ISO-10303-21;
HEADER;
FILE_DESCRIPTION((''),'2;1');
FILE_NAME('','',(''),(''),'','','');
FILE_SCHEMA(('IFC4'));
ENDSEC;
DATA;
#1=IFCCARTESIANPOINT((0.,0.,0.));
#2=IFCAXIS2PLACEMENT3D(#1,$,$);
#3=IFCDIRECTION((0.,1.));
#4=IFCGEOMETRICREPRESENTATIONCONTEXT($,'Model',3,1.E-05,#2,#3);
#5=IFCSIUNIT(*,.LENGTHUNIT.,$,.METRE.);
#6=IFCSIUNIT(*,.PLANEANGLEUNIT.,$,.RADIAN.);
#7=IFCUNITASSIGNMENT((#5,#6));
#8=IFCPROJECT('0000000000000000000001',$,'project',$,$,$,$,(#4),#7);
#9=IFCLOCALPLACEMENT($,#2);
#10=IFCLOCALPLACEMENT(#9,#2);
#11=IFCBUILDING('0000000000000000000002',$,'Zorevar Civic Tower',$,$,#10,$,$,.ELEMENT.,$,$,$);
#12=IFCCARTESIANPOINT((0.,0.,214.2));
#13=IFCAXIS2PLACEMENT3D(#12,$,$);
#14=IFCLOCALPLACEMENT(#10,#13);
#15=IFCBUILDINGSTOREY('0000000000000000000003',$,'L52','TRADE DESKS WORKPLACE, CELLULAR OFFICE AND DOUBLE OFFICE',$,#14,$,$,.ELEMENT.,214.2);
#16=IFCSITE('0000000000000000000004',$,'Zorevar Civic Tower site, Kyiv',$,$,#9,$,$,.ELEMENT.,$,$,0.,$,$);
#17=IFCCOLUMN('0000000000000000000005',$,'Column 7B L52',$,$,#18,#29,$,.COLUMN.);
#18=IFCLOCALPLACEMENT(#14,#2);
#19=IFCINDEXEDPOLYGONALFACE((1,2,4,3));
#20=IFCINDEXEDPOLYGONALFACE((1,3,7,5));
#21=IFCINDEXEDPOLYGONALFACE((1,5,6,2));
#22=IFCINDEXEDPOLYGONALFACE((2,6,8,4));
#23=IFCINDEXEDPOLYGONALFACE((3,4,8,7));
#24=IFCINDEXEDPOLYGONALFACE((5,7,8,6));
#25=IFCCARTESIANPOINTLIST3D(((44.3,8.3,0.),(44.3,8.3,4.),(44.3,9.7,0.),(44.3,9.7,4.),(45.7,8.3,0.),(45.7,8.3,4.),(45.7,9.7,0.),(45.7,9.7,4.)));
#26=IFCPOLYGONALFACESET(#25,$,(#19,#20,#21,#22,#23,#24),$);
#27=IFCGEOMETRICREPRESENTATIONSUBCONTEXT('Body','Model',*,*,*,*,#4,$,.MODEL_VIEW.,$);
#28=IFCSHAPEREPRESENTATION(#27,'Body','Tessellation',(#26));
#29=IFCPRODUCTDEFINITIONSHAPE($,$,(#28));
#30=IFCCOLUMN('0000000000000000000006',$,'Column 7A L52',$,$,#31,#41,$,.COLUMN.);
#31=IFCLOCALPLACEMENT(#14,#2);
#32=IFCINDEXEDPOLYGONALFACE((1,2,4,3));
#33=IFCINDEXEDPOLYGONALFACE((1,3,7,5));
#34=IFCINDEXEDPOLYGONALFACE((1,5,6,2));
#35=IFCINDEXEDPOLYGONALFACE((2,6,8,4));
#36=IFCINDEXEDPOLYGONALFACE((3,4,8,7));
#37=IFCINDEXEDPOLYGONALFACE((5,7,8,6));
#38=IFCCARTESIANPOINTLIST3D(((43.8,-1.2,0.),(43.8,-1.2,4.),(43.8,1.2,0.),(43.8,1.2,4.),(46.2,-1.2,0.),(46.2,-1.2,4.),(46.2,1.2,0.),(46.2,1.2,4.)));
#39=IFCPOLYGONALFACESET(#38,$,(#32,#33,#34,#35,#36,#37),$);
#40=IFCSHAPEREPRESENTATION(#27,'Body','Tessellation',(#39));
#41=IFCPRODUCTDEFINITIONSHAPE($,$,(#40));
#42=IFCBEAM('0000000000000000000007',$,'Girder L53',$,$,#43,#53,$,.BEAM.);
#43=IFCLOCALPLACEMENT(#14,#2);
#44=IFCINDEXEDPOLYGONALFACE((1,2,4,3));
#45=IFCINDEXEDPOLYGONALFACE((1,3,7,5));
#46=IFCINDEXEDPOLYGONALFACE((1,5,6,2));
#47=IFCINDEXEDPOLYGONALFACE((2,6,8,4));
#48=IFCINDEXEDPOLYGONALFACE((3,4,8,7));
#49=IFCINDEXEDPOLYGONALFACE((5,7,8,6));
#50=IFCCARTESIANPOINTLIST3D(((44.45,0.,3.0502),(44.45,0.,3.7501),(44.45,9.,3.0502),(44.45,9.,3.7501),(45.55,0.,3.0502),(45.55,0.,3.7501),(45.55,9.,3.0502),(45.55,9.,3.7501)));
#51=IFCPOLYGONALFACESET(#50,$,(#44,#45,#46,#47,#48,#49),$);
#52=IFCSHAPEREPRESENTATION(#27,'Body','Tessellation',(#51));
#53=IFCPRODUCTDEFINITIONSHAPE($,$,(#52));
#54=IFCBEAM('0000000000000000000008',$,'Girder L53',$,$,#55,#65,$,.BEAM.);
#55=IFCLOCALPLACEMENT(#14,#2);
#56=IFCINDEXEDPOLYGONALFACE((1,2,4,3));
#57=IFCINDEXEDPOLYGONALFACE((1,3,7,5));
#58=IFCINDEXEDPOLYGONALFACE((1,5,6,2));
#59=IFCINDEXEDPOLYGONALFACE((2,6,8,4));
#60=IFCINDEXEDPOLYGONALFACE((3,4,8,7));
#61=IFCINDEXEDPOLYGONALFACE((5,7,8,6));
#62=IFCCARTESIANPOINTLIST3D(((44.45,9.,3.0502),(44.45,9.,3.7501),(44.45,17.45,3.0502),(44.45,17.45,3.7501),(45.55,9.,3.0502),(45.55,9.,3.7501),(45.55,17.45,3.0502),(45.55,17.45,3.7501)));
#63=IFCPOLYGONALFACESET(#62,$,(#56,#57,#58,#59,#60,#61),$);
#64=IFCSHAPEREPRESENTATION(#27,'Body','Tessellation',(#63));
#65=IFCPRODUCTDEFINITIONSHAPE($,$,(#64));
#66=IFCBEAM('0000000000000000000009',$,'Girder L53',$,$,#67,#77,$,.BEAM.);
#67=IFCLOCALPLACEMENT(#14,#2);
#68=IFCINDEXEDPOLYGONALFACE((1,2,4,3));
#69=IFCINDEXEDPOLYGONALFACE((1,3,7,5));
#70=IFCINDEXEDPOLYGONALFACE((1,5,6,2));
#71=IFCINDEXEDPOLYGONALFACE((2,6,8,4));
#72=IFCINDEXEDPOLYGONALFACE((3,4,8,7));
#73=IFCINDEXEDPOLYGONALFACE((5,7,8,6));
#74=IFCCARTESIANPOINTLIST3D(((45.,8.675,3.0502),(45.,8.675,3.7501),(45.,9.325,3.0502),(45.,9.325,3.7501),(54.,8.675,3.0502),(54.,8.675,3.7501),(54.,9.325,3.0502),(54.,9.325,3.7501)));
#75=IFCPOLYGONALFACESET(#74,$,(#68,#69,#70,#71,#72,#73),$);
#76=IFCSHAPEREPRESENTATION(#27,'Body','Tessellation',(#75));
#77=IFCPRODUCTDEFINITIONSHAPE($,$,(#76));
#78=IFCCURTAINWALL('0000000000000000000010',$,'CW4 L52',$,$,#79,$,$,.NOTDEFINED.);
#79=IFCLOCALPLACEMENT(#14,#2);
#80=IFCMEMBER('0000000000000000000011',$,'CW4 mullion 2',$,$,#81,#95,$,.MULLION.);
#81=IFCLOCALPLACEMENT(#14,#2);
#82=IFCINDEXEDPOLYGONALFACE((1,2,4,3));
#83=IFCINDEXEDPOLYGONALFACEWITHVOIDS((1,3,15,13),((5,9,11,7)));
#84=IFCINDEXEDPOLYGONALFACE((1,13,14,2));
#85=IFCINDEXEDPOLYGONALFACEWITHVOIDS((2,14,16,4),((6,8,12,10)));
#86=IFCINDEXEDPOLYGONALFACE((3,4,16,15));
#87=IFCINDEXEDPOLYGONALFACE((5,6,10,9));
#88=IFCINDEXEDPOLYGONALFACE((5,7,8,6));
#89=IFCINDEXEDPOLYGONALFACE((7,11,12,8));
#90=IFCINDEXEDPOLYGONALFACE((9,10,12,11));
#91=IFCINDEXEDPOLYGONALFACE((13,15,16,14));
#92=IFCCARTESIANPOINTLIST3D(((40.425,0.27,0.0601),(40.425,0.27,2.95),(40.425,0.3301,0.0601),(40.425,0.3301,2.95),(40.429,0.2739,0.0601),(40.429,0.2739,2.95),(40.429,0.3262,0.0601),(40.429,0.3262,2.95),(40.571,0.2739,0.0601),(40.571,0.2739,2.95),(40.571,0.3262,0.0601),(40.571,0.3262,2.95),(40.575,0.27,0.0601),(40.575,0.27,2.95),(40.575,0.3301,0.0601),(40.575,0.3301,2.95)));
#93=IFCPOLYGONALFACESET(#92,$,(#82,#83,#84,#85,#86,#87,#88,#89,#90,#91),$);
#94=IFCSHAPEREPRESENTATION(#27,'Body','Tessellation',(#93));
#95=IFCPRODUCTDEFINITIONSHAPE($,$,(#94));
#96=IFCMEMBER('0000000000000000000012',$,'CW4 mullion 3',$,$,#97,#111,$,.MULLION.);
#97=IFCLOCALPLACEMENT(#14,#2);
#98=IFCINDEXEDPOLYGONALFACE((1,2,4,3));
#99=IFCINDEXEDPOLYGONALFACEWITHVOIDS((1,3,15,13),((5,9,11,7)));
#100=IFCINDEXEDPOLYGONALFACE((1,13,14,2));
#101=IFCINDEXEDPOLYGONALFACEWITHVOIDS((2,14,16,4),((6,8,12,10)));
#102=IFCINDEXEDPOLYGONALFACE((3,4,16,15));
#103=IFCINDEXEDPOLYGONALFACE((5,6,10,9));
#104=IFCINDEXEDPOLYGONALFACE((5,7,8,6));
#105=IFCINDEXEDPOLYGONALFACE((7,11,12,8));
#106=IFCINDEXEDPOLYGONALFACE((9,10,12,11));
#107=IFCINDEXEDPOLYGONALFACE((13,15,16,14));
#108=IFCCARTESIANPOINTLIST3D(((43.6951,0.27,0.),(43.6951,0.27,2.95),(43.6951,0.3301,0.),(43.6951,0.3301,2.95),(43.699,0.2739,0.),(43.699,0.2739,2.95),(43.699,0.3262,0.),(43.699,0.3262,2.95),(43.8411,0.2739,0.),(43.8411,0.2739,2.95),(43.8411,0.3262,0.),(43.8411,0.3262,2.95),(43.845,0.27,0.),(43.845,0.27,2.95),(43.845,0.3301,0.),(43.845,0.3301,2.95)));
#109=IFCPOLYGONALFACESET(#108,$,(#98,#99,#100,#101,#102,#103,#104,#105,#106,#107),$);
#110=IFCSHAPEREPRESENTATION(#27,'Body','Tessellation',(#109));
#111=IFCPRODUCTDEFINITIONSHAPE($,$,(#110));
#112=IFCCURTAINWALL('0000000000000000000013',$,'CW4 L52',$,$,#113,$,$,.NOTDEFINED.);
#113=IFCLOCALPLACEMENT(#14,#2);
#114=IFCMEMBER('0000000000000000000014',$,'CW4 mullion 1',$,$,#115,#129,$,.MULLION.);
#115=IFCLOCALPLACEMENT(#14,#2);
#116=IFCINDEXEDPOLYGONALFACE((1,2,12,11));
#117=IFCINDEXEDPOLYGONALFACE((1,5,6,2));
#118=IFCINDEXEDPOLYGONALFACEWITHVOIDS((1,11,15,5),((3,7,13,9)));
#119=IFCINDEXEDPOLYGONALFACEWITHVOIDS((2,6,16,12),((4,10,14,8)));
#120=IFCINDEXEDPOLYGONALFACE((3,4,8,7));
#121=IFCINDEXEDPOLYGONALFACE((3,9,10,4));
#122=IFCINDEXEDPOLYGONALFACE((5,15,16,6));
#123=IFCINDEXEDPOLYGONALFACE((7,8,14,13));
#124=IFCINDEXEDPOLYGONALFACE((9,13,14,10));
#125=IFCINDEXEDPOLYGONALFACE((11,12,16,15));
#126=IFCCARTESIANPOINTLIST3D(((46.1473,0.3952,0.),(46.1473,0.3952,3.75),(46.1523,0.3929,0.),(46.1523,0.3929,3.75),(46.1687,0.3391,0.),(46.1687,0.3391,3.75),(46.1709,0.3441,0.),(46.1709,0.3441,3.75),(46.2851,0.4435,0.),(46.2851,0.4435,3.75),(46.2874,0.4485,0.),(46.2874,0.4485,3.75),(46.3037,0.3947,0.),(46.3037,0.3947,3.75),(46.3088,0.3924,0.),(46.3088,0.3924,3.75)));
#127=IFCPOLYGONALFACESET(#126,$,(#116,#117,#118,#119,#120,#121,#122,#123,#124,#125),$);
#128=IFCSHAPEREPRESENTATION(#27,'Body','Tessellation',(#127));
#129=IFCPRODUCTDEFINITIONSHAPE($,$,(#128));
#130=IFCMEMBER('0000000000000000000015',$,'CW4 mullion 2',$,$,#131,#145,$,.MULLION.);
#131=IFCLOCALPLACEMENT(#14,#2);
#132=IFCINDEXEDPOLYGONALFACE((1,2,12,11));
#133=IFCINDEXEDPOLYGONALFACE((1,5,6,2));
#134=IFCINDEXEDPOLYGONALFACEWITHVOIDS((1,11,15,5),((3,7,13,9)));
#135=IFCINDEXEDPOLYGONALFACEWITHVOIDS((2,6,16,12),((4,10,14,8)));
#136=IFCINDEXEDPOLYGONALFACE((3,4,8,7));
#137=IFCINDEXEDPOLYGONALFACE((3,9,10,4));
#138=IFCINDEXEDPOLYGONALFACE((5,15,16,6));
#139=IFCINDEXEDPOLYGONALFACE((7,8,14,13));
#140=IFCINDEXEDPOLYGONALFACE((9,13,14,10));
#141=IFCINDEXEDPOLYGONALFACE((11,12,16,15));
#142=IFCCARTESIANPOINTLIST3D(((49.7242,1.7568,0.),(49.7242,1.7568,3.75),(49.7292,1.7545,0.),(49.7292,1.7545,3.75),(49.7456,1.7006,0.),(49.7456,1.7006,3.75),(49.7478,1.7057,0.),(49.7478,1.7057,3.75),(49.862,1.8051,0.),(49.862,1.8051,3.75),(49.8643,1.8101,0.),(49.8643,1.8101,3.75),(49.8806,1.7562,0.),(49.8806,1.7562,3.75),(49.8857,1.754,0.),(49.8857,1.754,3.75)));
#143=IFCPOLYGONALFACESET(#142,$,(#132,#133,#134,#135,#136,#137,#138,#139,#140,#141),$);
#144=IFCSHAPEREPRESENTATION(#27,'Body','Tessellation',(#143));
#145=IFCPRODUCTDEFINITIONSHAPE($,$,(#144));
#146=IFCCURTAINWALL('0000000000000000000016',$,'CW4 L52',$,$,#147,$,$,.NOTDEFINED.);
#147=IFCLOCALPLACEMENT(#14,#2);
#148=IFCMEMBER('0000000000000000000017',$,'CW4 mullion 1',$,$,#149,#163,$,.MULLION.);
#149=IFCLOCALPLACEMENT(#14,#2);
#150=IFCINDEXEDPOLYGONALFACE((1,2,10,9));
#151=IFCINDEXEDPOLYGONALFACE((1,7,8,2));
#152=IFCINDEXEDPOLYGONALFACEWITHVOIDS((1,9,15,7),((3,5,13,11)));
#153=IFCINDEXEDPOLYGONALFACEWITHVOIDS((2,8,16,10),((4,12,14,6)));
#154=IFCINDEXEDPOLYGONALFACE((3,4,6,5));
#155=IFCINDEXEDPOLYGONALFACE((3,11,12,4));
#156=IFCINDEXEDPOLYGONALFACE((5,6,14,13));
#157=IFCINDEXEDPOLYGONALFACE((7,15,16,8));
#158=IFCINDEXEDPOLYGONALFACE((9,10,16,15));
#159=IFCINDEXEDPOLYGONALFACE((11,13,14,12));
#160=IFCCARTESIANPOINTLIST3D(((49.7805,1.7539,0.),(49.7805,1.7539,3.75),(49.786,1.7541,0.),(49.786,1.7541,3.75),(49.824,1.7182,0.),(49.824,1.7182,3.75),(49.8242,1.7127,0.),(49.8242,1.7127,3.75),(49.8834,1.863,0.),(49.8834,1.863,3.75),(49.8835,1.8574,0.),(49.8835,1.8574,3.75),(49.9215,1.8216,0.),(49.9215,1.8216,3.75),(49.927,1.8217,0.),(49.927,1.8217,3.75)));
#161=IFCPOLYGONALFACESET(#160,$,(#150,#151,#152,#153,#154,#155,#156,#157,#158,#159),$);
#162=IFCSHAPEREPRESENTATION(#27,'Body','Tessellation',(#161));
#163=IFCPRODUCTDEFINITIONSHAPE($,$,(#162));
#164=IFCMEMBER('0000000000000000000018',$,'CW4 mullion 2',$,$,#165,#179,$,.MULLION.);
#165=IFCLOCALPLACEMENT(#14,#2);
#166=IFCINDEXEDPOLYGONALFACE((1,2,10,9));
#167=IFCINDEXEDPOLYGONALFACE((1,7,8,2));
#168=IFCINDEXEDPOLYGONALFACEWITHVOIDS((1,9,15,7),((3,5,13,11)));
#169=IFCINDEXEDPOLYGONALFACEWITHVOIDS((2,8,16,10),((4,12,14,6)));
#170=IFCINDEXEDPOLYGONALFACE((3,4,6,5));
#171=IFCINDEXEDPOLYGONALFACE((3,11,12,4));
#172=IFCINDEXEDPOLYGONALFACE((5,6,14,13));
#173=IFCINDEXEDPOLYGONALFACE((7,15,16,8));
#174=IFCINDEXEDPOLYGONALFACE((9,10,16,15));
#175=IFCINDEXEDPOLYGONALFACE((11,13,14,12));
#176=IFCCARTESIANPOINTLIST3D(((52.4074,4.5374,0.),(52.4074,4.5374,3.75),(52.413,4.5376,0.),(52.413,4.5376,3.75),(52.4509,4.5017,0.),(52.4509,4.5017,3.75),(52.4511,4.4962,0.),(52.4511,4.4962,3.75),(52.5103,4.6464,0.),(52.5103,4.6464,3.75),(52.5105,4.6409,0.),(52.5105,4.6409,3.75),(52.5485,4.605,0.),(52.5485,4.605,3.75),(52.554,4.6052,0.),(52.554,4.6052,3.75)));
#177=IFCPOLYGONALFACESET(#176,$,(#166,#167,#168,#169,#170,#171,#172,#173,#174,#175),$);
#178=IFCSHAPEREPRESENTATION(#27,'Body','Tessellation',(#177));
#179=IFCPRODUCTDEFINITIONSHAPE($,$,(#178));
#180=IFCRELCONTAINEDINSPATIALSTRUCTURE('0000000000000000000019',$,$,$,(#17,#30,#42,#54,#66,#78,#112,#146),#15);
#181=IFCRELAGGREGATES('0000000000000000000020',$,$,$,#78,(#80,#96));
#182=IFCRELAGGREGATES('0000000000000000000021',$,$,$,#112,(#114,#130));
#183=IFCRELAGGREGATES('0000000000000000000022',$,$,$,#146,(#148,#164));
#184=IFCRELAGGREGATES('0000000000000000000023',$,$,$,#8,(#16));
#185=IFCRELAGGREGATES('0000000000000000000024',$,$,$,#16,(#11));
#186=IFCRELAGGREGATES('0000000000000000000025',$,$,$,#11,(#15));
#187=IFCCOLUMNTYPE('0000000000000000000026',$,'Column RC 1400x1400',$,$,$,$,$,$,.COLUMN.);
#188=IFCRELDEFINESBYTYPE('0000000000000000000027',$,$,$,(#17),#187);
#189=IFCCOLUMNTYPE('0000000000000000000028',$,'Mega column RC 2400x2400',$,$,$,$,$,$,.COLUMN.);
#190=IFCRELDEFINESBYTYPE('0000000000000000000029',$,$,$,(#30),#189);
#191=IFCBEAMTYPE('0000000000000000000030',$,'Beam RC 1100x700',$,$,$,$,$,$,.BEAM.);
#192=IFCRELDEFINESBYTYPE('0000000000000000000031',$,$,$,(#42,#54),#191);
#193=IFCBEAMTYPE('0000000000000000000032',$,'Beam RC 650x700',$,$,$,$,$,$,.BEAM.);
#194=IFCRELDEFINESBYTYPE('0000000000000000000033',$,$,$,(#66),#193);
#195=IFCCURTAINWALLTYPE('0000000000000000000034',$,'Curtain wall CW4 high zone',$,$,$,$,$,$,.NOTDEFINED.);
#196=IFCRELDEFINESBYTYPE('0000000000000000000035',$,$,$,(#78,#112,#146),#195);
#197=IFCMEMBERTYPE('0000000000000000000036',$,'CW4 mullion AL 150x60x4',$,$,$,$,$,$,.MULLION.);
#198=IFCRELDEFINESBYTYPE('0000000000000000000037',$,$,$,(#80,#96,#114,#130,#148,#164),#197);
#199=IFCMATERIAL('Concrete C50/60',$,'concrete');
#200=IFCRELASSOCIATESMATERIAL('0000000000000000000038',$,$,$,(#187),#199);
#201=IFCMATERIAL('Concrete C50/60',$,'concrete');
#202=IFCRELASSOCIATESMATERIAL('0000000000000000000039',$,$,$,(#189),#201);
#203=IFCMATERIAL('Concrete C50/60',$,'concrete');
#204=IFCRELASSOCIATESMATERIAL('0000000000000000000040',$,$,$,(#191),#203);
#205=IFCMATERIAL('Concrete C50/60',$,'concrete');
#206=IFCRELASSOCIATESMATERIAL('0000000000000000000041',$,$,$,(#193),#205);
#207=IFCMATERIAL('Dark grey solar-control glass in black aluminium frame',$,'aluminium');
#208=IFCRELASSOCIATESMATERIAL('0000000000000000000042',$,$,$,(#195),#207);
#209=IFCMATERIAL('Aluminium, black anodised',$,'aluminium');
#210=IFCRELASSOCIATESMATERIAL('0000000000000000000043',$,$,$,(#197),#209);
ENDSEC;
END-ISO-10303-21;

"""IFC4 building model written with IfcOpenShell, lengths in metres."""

from ifc_helpers import new_model, si_unit, direction, frame, origin, origin_2d, place, context, subcontext, project, spatial, rectangle, hollow_rectangle, extrude, material, material_profile, profile_set, type_object, element, aggregate, save


model = new_model("IFC4")

# Units and contexts
model_context = context("Model", 3, precision=1e-05, world=origin(), true_north=direction((0.0, 1.0)))
body_context = subcontext(model_context, "Body", "Model", "MODEL_VIEW")
ifc_project = project(units=[si_unit("LENGTHUNIT", "METRE"), si_unit("PLANEANGLEUNIT", "RADIAN")], contexts=[model_context])

# Site, building, storey
site_placement = place(None, origin())
site = spatial("IfcSite", under=ifc_project, at=site_placement, Name="Zorevar Civic Tower site, Kyiv", CompositionType="ELEMENT", RefElevation=0.0)
building_placement = place(site_placement, origin())
building = spatial("IfcBuilding", under=site, at=building_placement, Name="Zorevar Civic Tower", CompositionType="ELEMENT")
storey_placement = place(building_placement, frame((0.0, 0.0, 214.2)))
storey = spatial("IfcBuildingStorey", under=building, at=storey_placement, Name="L52", Description="TRADE DESKS WORKPLACE, CELLULAR OFFICE AND DOUBLE OFFICE", CompositionType="ELEMENT", Elevation=214.2)

# Columns
ifc_material_1 = material(Name="Concrete C50/60", Category="concrete")
ifc_material_profile_1 = material_profile(ifc_material_1, rectangle(XDim=1.3999, YDim=1.3999, at=origin_2d()), Name="RC 1400x1400")
ifc_profile_set_1 = profile_set([ifc_material_profile_1], Name="Concrete C50/60")
column_type_1 = type_object("IfcColumnType", Name="Column RC 1400x1400", PredefinedType="COLUMN", material=ifc_profile_set_1)
column_1_placement = place(storey_placement, frame((45.0, 9.0, 0.0), z_axis=(0.0, 0.0, 1.0), x_axis=(1.0, 0.0, 0.0)))
element("IfcColumn", 1, at=column_1_placement, inside=storey, type_object=column_type_1, Name="Column 7B L52", PredefinedType="COLUMN", context=body_context, shape_type="SweptSolid", body=[
    extrude(rectangle(XDim=1.3999, YDim=1.3999, at=origin_2d()), origin(), (0.0, 0.0, 1.0), 4.0),
])
ifc_material_2 = material(Name="Concrete C50/60", Category="concrete")
ifc_material_profile_2 = material_profile(ifc_material_2, rectangle(XDim=2.3999, YDim=2.3999, at=origin_2d()), Name="RC 2400x2400")
ifc_profile_set_2 = profile_set([ifc_material_profile_2], Name="Concrete C50/60")
column_type_2 = type_object("IfcColumnType", Name="Mega column RC 2400x2400", PredefinedType="COLUMN", material=ifc_profile_set_2)
column_2_placement = place(storey_placement, frame((45.0, 0.0, 0.0), z_axis=(0.0, 0.0, 1.0), x_axis=(1.0, 0.0, 0.0)))
element("IfcColumn", 2, at=column_2_placement, inside=storey, type_object=column_type_2, Name="Column 7A L52", PredefinedType="COLUMN", context=body_context, shape_type="SweptSolid", body=[
    extrude(rectangle(XDim=2.3999, YDim=2.3999, at=origin_2d()), origin(), (0.0, 0.0, 1.0), 4.0),
])

# Beams
ifc_material_3 = material(Name="Concrete C50/60", Category="concrete")
ifc_material_profile_3 = material_profile(ifc_material_3, rectangle(XDim=1.1001, YDim=0.7, at=origin_2d()), Name="RC 1100x700")
ifc_profile_set_3 = profile_set([ifc_material_profile_3], Name="Concrete C50/60")
beam_type_1 = type_object("IfcBeamType", Name="Beam RC 1100x700", PredefinedType="BEAM", material=ifc_profile_set_3)
beam_1_placement = place(storey_placement, frame((45.0, 0.0, 3.4001), z_axis=(0.0, 1.0, 0.0), x_axis=(-1.0, 0.0, 0.0)))
element("IfcBeam", 3, at=beam_1_placement, inside=storey, type_object=beam_type_1, Name="Girder L53", PredefinedType="BEAM", context=body_context, shape_type="SweptSolid", body=[
    extrude(rectangle(XDim=1.1001, YDim=0.7, at=origin_2d()), origin(), (0.0, 0.0, 1.0), 9.0),
])
beam_2_placement = place(storey_placement, frame((45.0, 9.0, 3.4001), z_axis=(0.0, 1.0, 0.0), x_axis=(-1.0, 0.0, 0.0)))
element("IfcBeam", 4, at=beam_2_placement, inside=storey, type_object=beam_type_1, Name="Girder L53", PredefinedType="BEAM", context=body_context, shape_type="SweptSolid", body=[
    extrude(rectangle(XDim=1.1001, YDim=0.7, at=origin_2d()), origin(), (0.0, 0.0, 1.0), 8.45),
])
ifc_material_4 = material(Name="Concrete C50/60", Category="concrete")
ifc_material_profile_4 = material_profile(ifc_material_4, rectangle(XDim=0.6499, YDim=0.7, at=origin_2d()), Name="RC 650x700")
ifc_profile_set_4 = profile_set([ifc_material_profile_4], Name="Concrete C50/60")
beam_type_2 = type_object("IfcBeamType", Name="Beam RC 650x700", PredefinedType="BEAM", material=ifc_profile_set_4)
beam_3_placement = place(storey_placement, frame((45.0, 9.0, 3.4001), z_axis=(1.0, 0.0, 0.0), x_axis=(0.0, 1.0, 0.0)))
element("IfcBeam", 5, at=beam_3_placement, inside=storey, type_object=beam_type_2, Name="Girder L53", PredefinedType="BEAM", context=body_context, shape_type="SweptSolid", body=[
    extrude(rectangle(XDim=0.6499, YDim=0.7, at=origin_2d()), origin(), (0.0, 0.0, 1.0), 9.0),
])

# Curtain walls, members
ifc_material_5 = material(Name="Dark grey solar-control glass in black aluminium frame", Category="aluminium")
curtain_wall_type = type_object("IfcCurtainWallType", Name="Curtain wall CW4 high zone", PredefinedType="NOTDEFINED", material=ifc_material_5)
curtain_wall_1_placement = place(storey_placement, origin())
curtain_wall_1 = element("IfcCurtainWall", 6, at=curtain_wall_1_placement, inside=storey, type_object=curtain_wall_type, Name="CW4 L52", PredefinedType="NOTDEFINED")
ifc_material_6 = material(Name="Aluminium, black anodised", Category="aluminium")
ifc_material_profile_5 = material_profile(ifc_material_6, hollow_rectangle(XDim=0.0601, YDim=0.1499, WallThickness=0.0039, at=origin_2d()), Name="AL 150x60x4")
ifc_profile_set_5 = profile_set([ifc_material_profile_5], Name="Aluminium, black anodised")
member_type_1 = type_object("IfcMemberType", Name="CW4 mullion AL 150x60x4", PredefinedType="MULLION", material=ifc_profile_set_5)
member_1_placement = place(storey_placement, frame((40.5, 0.3, 0.0601), z_axis=(0.0, 0.0, 1.0), x_axis=(0.0, 1.0, 0.0)))
member_1 = element("IfcMember", 7, at=member_1_placement, type_object=member_type_1, Name="CW4 mullion 2", PredefinedType="MULLION", context=body_context, shape_type="SweptSolid", body=[
    extrude(hollow_rectangle(XDim=0.0601, YDim=0.1499, WallThickness=0.0039, at=origin_2d()), origin(), (0.0, 0.0, 1.0), 2.8899),
])
member_2_placement = place(storey_placement, frame((43.77, 0.3, 0.0), z_axis=(0.0, 0.0, 1.0), x_axis=(0.0, 1.0, 0.0)))
member_2 = element("IfcMember", 8, at=member_2_placement, type_object=member_type_1, Name="CW4 mullion 3", PredefinedType="MULLION", context=body_context, shape_type="SweptSolid", body=[
    extrude(hollow_rectangle(XDim=0.0601, YDim=0.1499, WallThickness=0.0039, at=origin_2d()), origin(), (0.0, 0.0, 1.0), 2.95),
])
curtain_wall_2_placement = place(storey_placement, origin())
curtain_wall_2 = element("IfcCurtainWall", 9, at=curtain_wall_2_placement, inside=storey, type_object=curtain_wall_type, Name="CW4 L52", PredefinedType="NOTDEFINED")
member_3_placement = place(storey_placement, frame((46.228, 0.3938, 0.0), z_axis=(0.0, 0.0, 1.0), x_axis=(-0.355731, 0.934588, 0.0)))
member_3 = element("IfcMember", 10, at=member_3_placement, type_object=member_type_1, Name="CW4 mullion 1", PredefinedType="MULLION", context=body_context, shape_type="SweptSolid", body=[
    extrude(hollow_rectangle(XDim=0.0601, YDim=0.1499, WallThickness=0.0039, at=origin_2d()), origin(), (0.0, 0.0, 1.0), 3.75),
])
member_4_placement = place(storey_placement, frame((49.8049, 1.7554, 0.0), z_axis=(0.0, 0.0, 1.0), x_axis=(-0.355731, 0.934588, 0.0)))
member_4 = element("IfcMember", 11, at=member_4_placement, type_object=member_type_1, Name="CW4 mullion 2", PredefinedType="MULLION", context=body_context, shape_type="SweptSolid", body=[
    extrude(hollow_rectangle(XDim=0.0601, YDim=0.1499, WallThickness=0.0039, at=origin_2d()), origin(), (0.0, 0.0, 1.0), 3.75),
])
curtain_wall_3_placement = place(storey_placement, origin())
curtain_wall_3 = element("IfcCurtainWall", 12, at=curtain_wall_3_placement, inside=storey, type_object=curtain_wall_type, Name="CW4 L52", PredefinedType="NOTDEFINED")
member_5_placement = place(storey_placement, frame((49.8538, 1.7878, 0.0), z_axis=(0.0, 0.0, 1.0), x_axis=(-0.727245, 0.686378, 0.0)))
member_5 = element("IfcMember", 13, at=member_5_placement, type_object=member_type_1, Name="CW4 mullion 1", PredefinedType="MULLION", context=body_context, shape_type="SweptSolid", body=[
    extrude(hollow_rectangle(XDim=0.0601, YDim=0.1499, WallThickness=0.0039, at=origin_2d()), origin(), (0.0, 0.0, 1.0), 3.75),
])
member_6_placement = place(storey_placement, frame((52.4807, 4.5713, 0.0), z_axis=(0.0, 0.0, 1.0), x_axis=(-0.727245, 0.686378, 0.0)))
member_6 = element("IfcMember", 14, at=member_6_placement, type_object=member_type_1, Name="CW4 mullion 2", PredefinedType="MULLION", context=body_context, shape_type="SweptSolid", body=[
    extrude(hollow_rectangle(XDim=0.0601, YDim=0.1499, WallThickness=0.0039, at=origin_2d()), origin(), (0.0, 0.0, 1.0), 3.75),
])

aggregate(curtain_wall_1, [member_1, member_2])
aggregate(curtain_wall_2, [member_3, member_4])
aggregate(curtain_wall_3, [member_5, member_6])

save(model, "model.ifc")
